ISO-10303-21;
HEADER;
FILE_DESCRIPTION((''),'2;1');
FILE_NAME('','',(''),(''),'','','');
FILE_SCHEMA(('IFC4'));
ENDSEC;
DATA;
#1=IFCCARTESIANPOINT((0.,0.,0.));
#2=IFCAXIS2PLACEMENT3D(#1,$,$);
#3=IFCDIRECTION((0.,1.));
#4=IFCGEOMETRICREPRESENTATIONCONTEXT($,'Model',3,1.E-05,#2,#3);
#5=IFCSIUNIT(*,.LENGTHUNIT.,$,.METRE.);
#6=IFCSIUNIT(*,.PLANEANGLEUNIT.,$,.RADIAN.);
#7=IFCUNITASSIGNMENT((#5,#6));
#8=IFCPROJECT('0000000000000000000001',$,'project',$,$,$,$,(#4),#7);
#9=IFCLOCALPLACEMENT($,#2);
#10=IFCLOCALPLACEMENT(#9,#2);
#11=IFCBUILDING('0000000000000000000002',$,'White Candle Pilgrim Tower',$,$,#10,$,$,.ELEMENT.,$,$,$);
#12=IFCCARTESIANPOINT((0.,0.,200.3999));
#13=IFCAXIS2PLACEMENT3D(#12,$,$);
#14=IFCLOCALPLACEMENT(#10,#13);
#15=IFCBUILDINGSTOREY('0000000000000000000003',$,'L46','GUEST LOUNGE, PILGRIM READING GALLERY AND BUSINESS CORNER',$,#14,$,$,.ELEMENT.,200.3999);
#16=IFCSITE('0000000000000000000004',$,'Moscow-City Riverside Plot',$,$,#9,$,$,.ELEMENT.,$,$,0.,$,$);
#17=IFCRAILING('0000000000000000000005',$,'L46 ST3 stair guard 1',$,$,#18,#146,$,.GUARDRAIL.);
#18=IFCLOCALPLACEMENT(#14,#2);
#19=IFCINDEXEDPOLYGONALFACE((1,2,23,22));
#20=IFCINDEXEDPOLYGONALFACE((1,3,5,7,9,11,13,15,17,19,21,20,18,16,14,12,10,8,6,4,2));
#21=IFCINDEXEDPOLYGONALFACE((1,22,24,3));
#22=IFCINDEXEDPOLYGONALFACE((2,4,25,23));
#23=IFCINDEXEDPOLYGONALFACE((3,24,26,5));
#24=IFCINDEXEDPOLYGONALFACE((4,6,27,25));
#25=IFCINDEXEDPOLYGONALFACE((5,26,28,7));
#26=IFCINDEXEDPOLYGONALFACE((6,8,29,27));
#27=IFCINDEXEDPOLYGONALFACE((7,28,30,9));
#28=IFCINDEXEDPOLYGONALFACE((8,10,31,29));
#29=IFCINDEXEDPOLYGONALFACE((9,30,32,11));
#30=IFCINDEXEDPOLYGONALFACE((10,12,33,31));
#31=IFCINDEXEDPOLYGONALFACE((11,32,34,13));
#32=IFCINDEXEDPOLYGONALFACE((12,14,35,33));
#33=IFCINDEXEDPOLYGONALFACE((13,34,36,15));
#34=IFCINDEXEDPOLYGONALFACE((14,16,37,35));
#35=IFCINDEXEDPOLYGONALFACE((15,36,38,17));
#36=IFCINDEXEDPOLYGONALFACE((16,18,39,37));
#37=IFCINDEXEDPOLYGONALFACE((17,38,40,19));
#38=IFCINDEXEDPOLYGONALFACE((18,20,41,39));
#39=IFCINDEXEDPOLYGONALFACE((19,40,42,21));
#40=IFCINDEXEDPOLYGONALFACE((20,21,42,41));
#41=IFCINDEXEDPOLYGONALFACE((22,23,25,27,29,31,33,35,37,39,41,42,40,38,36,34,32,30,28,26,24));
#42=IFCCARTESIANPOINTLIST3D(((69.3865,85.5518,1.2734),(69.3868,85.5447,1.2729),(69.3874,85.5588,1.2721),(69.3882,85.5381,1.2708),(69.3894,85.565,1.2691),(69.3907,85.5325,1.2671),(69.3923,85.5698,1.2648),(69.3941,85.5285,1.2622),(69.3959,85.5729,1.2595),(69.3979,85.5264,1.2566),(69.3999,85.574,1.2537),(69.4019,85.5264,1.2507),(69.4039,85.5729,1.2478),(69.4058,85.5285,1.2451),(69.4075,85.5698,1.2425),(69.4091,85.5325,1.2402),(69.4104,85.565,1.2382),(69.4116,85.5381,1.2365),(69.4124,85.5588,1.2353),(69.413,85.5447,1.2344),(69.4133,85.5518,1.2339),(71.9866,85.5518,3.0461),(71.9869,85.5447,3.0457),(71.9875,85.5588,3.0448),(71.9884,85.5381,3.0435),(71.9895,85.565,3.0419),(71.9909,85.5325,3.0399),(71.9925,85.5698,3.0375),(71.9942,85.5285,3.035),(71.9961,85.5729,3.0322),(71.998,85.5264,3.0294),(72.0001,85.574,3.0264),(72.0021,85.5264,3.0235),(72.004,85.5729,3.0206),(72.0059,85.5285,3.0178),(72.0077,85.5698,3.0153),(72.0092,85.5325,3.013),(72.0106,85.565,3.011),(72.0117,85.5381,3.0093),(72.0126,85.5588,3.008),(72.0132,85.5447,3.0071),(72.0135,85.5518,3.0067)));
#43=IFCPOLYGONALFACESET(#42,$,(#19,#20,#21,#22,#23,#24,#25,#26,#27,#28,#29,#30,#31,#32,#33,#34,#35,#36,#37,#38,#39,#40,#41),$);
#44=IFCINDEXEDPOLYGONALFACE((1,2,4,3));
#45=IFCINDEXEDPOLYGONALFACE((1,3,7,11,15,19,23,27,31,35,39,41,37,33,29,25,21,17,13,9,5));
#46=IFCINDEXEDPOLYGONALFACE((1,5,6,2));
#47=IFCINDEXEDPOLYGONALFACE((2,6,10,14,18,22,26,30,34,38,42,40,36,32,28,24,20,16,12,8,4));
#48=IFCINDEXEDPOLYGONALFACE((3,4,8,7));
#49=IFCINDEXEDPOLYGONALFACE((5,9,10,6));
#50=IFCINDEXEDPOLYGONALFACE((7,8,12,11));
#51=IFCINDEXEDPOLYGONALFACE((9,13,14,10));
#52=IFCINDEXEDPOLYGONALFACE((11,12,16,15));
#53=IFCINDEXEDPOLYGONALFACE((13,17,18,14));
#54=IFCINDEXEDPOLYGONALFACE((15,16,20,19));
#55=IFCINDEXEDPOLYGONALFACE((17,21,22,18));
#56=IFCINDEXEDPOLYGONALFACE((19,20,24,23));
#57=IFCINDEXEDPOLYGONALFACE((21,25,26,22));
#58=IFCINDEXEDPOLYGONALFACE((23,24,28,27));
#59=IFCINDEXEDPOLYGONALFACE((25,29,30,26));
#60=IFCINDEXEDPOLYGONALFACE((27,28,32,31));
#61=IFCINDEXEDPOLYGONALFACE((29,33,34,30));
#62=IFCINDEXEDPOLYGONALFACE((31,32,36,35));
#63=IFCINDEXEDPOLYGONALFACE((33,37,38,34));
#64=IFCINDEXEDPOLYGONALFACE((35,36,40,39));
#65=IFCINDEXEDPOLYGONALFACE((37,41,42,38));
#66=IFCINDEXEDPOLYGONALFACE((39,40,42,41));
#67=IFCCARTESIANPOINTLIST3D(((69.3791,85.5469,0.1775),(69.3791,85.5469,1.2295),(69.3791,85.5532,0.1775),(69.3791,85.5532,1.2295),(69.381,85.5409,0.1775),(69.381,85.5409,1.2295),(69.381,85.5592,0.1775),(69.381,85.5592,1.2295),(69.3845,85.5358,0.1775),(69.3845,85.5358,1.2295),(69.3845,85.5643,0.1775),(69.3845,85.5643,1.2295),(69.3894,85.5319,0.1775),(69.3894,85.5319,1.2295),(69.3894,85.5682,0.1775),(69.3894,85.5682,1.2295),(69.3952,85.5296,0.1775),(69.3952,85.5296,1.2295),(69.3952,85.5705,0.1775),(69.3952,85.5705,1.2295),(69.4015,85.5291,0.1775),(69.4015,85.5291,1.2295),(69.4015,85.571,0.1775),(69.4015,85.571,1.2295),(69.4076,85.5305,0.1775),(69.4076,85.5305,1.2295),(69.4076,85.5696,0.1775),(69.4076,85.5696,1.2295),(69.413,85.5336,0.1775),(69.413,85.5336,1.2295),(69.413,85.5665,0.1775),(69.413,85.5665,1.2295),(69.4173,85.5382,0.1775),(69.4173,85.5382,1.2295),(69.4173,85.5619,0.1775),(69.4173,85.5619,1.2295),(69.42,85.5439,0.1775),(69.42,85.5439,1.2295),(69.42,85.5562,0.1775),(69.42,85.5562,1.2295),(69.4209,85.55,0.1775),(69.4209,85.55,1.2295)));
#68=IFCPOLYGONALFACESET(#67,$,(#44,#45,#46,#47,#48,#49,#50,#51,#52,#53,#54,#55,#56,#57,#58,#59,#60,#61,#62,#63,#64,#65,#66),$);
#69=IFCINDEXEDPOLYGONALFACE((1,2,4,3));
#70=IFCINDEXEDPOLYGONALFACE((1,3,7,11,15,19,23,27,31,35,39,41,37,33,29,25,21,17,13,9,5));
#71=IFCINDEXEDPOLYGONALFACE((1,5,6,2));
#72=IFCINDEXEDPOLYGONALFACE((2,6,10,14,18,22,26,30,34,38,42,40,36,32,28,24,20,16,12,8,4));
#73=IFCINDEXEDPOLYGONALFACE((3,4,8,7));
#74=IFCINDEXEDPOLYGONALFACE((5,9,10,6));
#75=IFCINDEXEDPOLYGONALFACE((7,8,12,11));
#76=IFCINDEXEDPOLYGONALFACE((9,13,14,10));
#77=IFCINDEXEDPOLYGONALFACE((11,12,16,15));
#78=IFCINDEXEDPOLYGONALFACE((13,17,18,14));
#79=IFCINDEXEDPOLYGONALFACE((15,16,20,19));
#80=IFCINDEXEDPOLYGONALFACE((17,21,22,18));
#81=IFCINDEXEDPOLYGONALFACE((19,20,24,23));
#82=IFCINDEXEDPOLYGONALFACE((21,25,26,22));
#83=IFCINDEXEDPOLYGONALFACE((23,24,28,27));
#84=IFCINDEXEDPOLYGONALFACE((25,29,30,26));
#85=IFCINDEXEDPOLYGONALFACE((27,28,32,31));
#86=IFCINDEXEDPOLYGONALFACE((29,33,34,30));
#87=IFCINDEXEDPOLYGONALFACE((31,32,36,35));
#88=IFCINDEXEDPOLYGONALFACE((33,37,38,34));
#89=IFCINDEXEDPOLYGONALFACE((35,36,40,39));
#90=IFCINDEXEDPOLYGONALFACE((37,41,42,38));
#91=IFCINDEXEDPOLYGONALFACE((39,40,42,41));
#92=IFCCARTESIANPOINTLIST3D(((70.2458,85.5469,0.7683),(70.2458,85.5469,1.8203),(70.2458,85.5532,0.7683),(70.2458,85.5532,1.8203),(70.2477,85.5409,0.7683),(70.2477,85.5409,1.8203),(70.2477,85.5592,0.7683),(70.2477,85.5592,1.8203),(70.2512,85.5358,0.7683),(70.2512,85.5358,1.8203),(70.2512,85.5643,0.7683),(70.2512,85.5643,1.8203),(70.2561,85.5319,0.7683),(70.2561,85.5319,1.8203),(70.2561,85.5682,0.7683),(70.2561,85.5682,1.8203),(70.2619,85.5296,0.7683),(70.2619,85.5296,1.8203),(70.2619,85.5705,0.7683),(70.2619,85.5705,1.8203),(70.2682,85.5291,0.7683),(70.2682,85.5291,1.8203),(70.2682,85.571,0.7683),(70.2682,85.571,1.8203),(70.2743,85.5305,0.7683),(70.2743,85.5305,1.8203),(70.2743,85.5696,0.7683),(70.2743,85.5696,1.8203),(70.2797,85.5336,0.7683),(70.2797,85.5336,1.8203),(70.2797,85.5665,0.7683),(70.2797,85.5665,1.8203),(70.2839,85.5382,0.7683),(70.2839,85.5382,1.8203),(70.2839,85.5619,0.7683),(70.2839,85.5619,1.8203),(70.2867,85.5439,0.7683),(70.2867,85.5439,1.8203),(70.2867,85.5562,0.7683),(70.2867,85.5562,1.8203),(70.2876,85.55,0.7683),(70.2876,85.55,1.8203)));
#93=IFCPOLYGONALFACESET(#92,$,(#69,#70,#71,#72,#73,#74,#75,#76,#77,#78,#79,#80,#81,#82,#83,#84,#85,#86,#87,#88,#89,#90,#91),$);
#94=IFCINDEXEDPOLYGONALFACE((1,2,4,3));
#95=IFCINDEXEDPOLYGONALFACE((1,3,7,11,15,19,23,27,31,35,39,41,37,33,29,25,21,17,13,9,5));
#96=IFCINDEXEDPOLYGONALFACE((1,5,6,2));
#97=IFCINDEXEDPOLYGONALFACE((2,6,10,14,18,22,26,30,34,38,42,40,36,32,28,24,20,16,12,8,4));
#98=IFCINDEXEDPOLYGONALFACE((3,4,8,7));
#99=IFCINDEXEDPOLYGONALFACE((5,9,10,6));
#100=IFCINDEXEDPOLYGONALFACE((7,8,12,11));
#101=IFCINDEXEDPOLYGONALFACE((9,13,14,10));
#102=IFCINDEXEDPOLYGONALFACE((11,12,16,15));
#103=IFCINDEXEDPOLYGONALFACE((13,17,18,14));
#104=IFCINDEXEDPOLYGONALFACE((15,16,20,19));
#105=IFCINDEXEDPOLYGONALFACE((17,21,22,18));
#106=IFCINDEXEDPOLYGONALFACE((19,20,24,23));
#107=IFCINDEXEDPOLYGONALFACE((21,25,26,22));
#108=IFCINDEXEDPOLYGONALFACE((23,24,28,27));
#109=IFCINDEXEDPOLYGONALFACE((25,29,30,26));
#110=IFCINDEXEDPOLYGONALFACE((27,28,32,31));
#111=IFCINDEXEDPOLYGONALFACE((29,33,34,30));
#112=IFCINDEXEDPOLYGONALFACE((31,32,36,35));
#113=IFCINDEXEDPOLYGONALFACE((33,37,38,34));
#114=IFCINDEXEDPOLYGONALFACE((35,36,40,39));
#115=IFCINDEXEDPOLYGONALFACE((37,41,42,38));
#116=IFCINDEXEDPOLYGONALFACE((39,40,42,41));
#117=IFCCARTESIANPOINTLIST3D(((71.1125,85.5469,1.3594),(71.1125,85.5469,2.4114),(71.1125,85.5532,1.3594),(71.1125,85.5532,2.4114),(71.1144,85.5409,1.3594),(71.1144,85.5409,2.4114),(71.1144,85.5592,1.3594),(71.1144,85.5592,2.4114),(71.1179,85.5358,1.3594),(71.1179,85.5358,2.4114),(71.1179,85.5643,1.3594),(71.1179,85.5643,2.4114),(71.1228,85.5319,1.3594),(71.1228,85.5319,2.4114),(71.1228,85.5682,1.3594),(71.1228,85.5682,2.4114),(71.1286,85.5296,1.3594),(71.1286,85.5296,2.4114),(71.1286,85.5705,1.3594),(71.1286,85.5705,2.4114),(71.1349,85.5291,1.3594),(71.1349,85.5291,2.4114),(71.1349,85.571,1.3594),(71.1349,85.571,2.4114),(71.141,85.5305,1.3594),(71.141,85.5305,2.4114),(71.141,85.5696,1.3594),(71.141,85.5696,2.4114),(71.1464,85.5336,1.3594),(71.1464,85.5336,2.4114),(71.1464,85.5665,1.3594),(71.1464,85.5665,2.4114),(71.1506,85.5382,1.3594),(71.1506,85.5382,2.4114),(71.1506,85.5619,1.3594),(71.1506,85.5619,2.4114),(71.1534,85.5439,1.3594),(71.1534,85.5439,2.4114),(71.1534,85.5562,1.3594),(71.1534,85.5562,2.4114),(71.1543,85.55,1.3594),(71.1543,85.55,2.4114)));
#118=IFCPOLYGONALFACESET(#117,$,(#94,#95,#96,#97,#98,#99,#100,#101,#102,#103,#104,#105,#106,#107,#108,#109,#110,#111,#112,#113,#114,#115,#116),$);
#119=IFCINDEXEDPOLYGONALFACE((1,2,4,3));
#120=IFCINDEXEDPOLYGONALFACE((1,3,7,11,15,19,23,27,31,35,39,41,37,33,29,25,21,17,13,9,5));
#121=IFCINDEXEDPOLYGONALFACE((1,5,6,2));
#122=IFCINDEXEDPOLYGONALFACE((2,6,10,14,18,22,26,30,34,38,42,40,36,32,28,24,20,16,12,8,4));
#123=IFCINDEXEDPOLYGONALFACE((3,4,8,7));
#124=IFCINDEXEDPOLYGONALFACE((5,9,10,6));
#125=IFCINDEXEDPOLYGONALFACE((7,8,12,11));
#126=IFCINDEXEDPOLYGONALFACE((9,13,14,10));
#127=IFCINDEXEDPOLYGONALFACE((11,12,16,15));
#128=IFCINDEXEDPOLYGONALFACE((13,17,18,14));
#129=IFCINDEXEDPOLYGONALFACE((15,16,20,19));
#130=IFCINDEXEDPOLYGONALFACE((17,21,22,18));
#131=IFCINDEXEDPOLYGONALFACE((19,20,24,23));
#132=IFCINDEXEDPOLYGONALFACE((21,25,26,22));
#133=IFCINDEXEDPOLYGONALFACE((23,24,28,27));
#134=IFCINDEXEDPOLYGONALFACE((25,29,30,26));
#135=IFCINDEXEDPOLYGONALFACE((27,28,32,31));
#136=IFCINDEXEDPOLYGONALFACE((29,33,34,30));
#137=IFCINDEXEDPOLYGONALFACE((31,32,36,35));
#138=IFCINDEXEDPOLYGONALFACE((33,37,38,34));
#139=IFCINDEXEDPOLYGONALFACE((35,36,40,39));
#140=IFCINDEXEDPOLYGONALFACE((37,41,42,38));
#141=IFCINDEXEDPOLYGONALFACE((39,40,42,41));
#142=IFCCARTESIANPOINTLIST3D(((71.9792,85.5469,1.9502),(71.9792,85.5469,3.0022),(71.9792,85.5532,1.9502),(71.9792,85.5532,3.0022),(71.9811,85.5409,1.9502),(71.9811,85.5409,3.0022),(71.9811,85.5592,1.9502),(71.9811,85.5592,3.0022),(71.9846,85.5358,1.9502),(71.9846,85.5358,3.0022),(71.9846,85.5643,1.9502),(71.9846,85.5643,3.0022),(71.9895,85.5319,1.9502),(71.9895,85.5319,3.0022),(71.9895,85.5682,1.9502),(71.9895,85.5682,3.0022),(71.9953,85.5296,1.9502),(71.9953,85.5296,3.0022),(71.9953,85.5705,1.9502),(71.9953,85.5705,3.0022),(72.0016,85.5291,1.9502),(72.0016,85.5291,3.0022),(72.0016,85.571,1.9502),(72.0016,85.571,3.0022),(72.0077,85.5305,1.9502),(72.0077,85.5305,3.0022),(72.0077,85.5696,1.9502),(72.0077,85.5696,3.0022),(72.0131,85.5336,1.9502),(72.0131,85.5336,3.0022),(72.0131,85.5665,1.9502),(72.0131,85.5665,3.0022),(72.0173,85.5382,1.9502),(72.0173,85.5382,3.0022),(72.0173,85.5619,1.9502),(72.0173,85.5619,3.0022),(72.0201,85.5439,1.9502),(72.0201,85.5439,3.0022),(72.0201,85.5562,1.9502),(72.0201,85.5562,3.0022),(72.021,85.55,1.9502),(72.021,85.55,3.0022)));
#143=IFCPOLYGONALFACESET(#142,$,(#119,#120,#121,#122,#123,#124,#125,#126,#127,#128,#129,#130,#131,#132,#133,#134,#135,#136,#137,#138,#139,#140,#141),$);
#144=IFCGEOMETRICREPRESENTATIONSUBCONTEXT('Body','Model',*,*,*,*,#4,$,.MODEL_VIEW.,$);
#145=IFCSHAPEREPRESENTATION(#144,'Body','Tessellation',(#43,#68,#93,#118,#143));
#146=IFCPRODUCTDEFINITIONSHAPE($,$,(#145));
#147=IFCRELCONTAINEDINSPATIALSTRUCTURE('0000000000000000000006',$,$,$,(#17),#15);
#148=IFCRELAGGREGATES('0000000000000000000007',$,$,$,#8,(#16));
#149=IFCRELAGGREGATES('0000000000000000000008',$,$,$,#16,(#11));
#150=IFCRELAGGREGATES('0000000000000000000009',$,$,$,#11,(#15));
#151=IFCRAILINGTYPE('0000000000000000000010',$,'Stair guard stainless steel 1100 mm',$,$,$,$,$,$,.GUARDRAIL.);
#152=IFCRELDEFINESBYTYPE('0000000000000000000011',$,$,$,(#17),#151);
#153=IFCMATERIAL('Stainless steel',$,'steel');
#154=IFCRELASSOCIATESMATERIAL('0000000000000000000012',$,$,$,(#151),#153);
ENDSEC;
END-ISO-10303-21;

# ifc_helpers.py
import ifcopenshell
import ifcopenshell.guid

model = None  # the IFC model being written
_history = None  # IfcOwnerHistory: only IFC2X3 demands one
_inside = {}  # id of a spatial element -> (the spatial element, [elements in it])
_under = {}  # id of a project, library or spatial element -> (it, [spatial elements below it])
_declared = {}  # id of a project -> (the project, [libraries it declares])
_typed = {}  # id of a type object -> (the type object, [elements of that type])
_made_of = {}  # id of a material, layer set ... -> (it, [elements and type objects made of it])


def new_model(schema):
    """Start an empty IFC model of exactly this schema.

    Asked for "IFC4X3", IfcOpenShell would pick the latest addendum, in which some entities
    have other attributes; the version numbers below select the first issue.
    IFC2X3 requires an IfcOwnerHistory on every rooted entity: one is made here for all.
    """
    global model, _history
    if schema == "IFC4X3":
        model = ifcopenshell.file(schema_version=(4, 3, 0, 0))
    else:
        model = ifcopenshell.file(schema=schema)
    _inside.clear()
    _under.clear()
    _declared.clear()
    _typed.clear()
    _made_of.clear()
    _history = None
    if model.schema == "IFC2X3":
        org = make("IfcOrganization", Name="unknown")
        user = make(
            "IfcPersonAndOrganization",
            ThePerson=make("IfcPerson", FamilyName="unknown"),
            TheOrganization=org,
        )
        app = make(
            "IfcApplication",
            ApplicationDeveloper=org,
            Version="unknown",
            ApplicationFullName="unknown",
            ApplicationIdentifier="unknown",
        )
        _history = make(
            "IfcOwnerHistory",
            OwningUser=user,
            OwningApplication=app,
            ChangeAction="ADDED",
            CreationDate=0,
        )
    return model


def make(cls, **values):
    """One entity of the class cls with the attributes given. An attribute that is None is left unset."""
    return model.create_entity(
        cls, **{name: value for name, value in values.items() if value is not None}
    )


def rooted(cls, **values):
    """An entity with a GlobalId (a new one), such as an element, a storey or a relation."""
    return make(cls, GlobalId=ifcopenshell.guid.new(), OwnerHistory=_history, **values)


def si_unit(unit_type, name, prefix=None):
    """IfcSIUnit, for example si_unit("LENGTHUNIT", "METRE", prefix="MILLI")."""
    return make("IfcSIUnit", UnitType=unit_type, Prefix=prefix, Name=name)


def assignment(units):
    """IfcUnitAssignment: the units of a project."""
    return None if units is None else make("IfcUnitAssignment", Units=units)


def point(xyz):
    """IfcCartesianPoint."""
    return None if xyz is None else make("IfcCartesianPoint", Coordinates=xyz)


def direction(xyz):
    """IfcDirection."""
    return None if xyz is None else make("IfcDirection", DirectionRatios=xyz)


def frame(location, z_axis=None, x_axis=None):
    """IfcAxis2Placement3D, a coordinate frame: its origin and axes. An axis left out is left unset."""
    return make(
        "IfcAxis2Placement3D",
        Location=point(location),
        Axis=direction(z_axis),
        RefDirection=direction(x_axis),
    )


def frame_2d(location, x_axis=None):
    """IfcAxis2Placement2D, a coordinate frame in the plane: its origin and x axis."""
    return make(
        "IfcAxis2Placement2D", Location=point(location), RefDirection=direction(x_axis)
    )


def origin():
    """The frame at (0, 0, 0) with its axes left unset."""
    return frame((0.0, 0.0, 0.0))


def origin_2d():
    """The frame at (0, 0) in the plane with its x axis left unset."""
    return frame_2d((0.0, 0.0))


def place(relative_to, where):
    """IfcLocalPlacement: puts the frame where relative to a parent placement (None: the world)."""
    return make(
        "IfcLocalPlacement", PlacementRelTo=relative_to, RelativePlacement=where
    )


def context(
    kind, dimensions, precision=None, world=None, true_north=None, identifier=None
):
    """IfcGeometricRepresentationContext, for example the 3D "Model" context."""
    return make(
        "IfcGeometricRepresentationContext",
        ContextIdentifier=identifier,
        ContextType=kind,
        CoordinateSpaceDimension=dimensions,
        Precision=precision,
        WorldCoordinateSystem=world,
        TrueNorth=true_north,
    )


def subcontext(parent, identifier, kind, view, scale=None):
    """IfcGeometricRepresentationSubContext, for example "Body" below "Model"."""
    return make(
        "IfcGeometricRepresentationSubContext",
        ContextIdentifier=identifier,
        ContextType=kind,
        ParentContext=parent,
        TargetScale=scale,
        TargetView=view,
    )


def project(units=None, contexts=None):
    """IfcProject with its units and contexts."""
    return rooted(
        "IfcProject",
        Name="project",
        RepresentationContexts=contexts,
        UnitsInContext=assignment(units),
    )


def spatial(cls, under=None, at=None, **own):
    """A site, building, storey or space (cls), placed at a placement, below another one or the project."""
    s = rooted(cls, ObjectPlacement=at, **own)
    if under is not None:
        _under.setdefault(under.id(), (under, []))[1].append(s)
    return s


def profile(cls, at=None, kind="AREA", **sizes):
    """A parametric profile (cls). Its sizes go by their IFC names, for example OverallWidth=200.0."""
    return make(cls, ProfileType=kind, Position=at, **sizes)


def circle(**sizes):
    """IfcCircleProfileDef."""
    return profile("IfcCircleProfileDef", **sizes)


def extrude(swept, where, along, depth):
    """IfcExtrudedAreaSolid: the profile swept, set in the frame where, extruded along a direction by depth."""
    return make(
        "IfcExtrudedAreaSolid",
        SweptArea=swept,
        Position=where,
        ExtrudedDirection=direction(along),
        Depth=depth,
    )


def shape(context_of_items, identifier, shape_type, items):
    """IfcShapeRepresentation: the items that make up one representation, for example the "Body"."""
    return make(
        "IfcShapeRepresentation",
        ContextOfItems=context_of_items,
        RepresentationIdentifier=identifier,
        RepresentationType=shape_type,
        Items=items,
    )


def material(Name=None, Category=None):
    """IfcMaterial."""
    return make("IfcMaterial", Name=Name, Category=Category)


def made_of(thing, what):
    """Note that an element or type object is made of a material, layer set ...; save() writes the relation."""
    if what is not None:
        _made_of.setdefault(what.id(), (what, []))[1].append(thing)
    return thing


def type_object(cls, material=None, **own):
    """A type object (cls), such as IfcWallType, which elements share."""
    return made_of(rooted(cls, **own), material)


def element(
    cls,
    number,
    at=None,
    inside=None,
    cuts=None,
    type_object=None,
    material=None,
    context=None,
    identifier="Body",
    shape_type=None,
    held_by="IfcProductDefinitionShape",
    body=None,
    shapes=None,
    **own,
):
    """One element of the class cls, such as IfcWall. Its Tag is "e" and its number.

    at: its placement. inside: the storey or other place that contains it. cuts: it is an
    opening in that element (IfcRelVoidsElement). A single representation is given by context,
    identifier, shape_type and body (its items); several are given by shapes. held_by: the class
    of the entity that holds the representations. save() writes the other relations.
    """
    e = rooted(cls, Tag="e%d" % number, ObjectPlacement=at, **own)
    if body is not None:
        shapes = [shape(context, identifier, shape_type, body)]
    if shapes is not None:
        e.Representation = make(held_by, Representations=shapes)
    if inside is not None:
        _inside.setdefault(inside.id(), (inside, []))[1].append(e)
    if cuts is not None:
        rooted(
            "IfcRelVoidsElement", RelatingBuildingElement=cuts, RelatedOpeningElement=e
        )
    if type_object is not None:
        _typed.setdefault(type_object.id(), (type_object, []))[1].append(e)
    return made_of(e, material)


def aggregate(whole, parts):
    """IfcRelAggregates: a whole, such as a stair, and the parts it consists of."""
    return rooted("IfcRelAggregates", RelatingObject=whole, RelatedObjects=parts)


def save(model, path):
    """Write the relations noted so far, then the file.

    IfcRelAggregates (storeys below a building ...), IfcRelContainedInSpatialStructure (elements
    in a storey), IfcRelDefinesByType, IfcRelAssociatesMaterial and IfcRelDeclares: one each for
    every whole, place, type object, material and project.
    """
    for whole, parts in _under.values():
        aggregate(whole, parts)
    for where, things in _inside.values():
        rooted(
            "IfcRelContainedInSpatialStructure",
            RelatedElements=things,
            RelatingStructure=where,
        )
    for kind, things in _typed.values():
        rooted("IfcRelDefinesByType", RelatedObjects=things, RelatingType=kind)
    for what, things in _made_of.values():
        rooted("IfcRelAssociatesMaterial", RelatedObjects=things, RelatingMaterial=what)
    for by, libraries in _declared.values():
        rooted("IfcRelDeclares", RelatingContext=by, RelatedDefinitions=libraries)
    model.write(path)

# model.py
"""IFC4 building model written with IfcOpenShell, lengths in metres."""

from ifc_helpers import new_model, si_unit, direction, frame, origin, origin_2d, place, context, subcontext, project, spatial, circle, extrude, material, type_object, element, save


model = new_model("IFC4")

# Units and contexts
model_context = context("Model", 3, precision=1e-05, world=origin(), true_north=direction((0.0, 1.0)))
body_context = subcontext(model_context, "Body", "Model", "MODEL_VIEW")
ifc_project = project(units=[si_unit("LENGTHUNIT", "METRE"), si_unit("PLANEANGLEUNIT", "RADIAN")], contexts=[model_context])

# Site, building, storey
site_placement = place(None, origin())
site = spatial("IfcSite", under=ifc_project, at=site_placement, Name="Moscow-City Riverside Plot", CompositionType="ELEMENT", RefElevation=0.0)
building_placement = place(site_placement, origin())
building = spatial("IfcBuilding", under=site, at=building_placement, Name="White Candle Pilgrim Tower", CompositionType="ELEMENT")
storey_placement = place(building_placement, frame((0.0, 0.0, 200.3999)))
storey = spatial("IfcBuildingStorey", under=building, at=storey_placement, Name="L46", Description="GUEST LOUNGE, PILGRIM READING GALLERY AND BUSINESS CORNER", CompositionType="ELEMENT", Elevation=200.3999)

# Shared definitions
ifc_material_1 = material(Name="Stainless steel", Category="steel")

# Railing
railing_type_1 = type_object("IfcRailingType", Name="Stair guard stainless steel 1100 mm", PredefinedType="GUARDRAIL", material=ifc_material_1)
railing_1_placement = place(storey_placement, frame((69.3999, 85.55, 0.1775)))
element("IfcRailing", 1, at=railing_1_placement, inside=storey, type_object=railing_type_1, Name="L46 ST3 stair guard 1", PredefinedType="GUARDRAIL", context=body_context, shape_type="SweptSolid", body=[
    extrude(circle(Radius=0.0239, at=origin_2d()), frame((0.0, 0.0, 1.0762), z_axis=(0.82624, 0.0, 0.563318), x_axis=(0.0, 1.0, 0.0)), (0.0, 0.0, 1.0), 3.147),
    extrude(circle(Radius=0.021, at=origin_2d()), origin(), (0.0, 0.0, 1.0), 1.052),
    extrude(circle(Radius=0.021, at=origin_2d()), frame((0.8667, 0.0, 0.5908)), (0.0, 0.0, 1.0), 1.052),
    extrude(circle(Radius=0.021, at=origin_2d()), frame((1.7334, 0.0, 1.1819)), (0.0, 0.0, 1.0), 1.052),
    extrude(circle(Radius=0.021, at=origin_2d()), frame((2.6001, 0.0, 1.7727)), (0.0, 0.0, 1.0), 1.052),
])

save(model, "model.ifc")
